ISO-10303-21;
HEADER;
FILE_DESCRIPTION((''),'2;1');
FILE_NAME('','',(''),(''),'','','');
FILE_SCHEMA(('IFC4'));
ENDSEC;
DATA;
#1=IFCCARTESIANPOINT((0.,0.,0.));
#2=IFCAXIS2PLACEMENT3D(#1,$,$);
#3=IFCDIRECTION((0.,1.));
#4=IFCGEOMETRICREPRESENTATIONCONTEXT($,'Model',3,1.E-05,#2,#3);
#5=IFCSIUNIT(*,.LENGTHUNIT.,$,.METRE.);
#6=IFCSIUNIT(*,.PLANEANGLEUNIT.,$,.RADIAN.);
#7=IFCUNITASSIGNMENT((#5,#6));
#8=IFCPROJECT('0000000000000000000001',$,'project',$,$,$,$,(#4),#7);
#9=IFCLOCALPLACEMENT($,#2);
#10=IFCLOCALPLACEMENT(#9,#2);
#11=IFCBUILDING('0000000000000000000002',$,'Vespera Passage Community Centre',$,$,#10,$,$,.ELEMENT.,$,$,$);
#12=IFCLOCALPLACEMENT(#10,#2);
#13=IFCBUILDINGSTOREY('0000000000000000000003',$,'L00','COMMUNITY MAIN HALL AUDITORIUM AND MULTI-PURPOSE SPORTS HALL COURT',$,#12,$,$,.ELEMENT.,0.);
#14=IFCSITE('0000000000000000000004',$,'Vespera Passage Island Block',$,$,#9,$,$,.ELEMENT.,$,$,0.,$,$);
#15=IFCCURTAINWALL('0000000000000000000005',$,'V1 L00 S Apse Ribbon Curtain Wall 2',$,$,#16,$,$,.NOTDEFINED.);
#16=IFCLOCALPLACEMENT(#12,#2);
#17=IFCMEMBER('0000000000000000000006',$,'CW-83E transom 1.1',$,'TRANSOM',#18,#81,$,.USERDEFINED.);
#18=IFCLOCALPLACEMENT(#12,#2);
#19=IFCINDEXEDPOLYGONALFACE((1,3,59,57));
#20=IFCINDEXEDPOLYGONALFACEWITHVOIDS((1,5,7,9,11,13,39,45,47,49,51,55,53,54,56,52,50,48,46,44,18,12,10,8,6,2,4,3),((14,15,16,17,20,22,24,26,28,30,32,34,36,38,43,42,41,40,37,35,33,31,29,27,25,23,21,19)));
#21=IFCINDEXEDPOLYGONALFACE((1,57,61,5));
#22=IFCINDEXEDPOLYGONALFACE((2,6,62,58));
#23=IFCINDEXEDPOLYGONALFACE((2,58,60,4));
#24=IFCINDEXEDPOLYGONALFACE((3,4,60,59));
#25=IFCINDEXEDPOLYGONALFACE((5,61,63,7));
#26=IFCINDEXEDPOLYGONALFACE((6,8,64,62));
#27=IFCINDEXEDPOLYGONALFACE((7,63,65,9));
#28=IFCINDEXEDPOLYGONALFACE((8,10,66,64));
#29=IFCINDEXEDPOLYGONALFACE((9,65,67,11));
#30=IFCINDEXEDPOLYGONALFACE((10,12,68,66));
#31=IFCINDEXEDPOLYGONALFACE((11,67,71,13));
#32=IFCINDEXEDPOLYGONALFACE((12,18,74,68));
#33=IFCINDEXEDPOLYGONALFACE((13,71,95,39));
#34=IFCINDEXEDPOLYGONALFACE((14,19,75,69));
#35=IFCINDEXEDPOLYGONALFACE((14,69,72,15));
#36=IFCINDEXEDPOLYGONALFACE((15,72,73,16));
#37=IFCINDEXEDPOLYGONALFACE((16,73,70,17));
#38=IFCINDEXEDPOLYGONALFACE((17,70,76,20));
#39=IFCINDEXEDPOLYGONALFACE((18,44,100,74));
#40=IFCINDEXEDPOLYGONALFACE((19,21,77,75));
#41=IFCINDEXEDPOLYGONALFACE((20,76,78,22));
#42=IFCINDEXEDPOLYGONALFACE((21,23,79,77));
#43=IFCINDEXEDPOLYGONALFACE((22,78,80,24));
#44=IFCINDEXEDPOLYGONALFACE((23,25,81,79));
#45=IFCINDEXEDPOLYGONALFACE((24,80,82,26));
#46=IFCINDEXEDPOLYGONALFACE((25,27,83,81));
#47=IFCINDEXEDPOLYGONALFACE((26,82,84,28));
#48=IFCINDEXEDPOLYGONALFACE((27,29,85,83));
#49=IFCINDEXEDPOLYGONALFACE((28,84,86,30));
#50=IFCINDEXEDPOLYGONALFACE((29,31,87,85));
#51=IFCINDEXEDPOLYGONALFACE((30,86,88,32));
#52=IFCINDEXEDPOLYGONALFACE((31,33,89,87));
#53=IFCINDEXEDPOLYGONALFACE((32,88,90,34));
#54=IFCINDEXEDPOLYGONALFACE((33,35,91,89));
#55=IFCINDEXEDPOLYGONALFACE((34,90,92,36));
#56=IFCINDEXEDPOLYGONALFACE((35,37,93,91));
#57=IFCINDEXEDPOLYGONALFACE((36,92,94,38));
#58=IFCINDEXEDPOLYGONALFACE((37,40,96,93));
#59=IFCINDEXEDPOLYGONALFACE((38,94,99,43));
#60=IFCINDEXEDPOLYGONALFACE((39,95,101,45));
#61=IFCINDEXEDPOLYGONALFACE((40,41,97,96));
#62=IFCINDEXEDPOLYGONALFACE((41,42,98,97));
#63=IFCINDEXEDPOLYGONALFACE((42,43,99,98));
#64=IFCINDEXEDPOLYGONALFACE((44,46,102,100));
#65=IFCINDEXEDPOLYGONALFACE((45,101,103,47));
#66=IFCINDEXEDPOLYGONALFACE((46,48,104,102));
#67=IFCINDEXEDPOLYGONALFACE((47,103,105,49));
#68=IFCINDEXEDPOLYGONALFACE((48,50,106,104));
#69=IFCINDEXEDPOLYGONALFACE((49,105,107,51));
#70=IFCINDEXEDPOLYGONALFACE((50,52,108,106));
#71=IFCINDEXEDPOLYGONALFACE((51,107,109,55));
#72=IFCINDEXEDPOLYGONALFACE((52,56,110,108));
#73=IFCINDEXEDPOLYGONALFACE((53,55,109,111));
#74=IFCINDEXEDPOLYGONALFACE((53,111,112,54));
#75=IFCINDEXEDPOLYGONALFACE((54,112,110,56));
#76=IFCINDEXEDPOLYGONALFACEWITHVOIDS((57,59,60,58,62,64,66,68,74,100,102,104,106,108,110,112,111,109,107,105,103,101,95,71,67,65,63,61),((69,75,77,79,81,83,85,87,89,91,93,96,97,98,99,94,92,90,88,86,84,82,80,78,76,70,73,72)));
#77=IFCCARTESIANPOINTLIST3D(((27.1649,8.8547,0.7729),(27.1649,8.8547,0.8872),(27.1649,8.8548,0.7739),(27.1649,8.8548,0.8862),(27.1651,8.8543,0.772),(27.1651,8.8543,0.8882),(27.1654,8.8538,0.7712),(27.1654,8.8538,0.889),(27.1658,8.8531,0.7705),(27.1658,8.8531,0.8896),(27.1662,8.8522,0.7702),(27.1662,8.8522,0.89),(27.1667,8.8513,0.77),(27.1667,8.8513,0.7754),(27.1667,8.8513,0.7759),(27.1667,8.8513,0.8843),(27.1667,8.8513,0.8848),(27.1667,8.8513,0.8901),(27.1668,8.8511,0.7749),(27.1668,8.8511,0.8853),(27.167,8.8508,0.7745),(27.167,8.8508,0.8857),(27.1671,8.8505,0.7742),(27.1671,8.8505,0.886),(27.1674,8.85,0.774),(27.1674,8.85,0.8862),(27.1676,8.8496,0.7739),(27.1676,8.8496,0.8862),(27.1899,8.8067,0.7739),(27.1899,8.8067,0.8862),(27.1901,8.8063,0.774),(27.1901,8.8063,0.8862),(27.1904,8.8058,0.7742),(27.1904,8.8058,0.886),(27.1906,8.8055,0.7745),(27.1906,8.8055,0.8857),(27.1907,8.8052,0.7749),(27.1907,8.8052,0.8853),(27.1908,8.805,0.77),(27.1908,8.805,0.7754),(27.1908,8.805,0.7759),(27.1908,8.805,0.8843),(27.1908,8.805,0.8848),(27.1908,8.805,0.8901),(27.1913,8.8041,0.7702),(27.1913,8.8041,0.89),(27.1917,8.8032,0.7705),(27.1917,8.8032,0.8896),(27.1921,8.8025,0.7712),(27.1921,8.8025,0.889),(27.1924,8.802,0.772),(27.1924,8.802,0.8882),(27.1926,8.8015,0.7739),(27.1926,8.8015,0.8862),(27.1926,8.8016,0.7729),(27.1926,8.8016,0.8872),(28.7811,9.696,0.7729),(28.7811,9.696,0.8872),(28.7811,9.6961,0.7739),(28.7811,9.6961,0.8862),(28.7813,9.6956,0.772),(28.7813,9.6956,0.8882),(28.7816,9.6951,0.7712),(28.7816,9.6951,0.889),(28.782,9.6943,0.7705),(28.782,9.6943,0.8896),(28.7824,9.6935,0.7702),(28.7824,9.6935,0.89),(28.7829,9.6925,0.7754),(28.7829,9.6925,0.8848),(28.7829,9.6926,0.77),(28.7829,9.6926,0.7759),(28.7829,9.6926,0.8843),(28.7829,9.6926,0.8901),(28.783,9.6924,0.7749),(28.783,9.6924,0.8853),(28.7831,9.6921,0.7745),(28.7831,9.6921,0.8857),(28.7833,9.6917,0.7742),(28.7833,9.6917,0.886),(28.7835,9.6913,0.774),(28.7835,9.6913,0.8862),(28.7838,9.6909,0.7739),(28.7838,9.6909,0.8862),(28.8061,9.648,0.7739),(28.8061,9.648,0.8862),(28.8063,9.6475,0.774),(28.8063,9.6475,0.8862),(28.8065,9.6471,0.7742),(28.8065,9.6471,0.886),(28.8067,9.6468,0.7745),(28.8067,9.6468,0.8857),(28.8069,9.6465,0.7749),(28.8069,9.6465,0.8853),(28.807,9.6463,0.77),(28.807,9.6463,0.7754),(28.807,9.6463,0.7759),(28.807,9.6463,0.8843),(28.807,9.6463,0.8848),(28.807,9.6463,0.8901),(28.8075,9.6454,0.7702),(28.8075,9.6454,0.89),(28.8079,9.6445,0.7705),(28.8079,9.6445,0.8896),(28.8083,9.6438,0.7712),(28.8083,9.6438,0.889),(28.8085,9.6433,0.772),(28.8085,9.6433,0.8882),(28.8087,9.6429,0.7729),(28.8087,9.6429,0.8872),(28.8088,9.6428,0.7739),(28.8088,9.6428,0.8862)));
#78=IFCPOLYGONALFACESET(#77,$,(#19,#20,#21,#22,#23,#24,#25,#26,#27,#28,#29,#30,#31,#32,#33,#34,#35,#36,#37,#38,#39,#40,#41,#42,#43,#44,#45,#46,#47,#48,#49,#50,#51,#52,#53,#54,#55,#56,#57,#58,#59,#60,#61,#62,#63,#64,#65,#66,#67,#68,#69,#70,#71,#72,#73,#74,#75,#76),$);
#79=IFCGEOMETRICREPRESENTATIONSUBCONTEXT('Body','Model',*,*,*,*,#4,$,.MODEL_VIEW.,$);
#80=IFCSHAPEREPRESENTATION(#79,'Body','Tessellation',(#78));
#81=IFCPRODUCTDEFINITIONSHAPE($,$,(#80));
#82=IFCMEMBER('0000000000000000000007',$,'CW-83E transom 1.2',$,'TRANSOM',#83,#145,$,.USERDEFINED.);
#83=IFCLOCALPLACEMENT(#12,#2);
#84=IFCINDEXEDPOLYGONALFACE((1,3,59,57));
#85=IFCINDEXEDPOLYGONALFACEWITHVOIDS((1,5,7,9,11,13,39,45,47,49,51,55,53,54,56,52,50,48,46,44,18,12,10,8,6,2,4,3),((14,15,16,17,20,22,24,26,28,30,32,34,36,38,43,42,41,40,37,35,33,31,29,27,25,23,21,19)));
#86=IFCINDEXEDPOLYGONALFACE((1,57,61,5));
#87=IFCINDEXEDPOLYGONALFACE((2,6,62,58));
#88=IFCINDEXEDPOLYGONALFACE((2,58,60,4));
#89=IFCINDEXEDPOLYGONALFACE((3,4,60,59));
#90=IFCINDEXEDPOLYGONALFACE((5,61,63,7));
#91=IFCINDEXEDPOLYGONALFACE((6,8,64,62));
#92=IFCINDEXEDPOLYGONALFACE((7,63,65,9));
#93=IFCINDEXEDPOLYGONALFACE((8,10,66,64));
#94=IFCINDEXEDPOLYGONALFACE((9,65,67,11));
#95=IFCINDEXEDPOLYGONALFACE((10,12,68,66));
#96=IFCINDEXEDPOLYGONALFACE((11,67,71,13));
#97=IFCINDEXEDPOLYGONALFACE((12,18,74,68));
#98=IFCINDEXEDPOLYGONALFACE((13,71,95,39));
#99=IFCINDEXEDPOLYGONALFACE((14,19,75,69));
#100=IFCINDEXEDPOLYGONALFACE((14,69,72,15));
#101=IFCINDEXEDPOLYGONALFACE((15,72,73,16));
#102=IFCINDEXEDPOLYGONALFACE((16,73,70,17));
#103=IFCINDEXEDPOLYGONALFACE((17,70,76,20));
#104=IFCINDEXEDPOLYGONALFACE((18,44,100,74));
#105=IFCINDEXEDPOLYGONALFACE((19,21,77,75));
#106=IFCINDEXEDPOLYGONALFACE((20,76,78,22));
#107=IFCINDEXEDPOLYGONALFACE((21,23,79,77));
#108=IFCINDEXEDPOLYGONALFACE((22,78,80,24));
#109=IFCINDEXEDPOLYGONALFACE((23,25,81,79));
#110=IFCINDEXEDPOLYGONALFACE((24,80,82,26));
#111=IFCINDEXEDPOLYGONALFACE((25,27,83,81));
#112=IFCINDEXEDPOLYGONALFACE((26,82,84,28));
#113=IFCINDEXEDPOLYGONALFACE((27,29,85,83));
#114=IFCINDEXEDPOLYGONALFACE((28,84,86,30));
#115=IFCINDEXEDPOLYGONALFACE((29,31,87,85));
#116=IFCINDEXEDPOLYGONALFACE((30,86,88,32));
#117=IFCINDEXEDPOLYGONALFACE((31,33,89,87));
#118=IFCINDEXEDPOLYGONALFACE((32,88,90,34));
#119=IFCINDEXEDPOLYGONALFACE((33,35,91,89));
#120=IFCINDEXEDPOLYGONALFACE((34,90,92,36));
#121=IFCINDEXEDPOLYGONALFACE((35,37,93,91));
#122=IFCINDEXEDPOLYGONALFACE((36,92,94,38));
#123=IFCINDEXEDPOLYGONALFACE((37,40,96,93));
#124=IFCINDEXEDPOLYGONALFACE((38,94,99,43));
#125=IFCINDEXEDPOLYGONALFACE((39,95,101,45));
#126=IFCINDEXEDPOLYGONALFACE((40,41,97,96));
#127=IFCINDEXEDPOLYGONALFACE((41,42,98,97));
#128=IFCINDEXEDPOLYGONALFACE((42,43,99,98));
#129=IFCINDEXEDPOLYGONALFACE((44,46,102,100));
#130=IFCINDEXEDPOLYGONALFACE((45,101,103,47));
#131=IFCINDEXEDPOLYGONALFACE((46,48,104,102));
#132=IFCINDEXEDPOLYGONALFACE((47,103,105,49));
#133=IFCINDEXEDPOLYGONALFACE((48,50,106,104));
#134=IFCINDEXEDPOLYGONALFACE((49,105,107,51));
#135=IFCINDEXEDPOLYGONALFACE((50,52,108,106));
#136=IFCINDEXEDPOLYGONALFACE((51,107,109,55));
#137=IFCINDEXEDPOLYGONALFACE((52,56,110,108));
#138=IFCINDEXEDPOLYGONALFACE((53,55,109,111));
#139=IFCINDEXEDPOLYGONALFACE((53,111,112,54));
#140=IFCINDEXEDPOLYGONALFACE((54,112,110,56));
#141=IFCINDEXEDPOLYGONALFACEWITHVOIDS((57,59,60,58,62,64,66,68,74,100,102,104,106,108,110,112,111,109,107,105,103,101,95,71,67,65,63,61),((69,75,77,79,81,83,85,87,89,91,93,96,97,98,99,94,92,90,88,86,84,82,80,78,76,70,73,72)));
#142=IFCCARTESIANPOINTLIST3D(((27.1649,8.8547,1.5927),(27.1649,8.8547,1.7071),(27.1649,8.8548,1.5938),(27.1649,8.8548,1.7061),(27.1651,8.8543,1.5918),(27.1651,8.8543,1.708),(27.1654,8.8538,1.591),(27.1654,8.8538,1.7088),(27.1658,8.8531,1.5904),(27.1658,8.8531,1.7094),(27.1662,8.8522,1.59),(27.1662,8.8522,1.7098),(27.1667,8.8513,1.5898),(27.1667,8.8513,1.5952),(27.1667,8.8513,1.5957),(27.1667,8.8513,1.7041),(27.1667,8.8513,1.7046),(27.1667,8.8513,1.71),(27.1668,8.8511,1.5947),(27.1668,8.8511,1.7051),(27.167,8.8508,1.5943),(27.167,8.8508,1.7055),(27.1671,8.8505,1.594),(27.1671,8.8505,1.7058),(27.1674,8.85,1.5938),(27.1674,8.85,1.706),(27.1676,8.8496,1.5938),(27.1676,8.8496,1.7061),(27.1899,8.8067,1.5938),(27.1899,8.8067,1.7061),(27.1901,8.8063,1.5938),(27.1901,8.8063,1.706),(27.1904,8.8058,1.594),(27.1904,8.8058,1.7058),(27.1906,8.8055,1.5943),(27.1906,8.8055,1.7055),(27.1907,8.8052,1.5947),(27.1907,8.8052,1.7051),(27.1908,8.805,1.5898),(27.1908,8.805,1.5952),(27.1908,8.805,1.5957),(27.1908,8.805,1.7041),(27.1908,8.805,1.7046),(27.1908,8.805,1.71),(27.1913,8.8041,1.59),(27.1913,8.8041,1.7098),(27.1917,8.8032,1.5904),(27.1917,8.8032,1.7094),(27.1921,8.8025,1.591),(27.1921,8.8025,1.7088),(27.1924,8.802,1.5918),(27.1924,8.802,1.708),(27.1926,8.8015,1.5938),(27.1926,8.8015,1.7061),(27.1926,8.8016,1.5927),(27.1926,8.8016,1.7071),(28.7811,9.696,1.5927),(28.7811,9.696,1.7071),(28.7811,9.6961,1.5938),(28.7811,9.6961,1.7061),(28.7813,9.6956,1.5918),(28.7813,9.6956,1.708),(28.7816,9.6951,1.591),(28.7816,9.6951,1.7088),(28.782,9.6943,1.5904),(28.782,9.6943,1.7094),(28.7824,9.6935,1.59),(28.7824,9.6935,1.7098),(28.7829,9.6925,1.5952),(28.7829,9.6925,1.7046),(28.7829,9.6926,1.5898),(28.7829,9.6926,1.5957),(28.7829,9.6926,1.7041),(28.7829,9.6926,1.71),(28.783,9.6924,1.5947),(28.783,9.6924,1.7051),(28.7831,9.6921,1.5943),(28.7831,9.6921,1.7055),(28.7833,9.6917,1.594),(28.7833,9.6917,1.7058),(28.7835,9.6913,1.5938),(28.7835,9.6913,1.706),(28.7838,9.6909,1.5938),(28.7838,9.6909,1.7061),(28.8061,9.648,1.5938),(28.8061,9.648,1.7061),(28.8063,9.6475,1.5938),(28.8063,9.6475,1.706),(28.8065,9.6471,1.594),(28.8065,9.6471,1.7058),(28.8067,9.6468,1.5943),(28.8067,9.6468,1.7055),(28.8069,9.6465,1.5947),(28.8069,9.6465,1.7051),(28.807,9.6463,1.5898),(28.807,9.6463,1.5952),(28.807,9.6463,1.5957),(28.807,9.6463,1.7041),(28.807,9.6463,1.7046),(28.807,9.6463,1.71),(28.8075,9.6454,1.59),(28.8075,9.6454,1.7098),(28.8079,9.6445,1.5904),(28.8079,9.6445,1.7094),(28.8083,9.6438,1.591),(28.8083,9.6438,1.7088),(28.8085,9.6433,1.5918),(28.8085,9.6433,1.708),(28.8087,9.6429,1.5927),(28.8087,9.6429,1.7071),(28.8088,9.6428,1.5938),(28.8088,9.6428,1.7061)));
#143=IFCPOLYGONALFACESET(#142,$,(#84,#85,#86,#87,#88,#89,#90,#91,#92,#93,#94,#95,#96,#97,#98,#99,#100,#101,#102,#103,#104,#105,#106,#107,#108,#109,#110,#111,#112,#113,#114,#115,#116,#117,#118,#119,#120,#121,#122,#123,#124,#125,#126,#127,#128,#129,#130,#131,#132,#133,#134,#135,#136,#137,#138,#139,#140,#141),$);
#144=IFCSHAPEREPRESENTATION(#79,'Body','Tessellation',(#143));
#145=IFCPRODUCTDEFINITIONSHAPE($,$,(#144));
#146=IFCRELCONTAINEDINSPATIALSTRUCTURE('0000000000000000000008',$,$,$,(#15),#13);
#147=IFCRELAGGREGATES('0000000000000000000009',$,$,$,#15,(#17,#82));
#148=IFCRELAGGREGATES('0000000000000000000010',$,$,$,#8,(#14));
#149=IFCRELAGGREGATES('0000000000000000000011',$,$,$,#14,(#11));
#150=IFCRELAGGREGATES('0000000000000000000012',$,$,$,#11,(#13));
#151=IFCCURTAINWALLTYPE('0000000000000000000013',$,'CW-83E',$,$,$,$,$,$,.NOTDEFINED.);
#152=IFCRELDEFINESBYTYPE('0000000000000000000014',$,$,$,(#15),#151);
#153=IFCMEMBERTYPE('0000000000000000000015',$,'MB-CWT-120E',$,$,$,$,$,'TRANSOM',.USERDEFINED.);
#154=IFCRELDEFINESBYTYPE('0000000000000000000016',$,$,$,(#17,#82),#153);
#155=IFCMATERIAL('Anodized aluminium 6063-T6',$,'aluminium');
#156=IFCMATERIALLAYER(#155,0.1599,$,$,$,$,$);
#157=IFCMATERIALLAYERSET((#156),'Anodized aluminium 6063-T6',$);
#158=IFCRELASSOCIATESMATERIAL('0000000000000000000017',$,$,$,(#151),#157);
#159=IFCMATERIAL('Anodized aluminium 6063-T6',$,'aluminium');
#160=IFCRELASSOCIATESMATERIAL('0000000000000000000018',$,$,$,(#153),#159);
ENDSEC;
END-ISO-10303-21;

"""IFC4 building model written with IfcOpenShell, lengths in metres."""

from ifc_helpers import new_model, si_unit, direction, frame, origin, origin_2d, place, context, subcontext, project, spatial, hollow_rectangle, extrude, material, layer, layer_set, material_profile, profile_set, type_object, element, aggregate, save


model = new_model("IFC4")

# Units and contexts
model_context = context("Model", 3, precision=1e-05, world=origin(), true_north=direction((0.0, 1.0)))
body_context = subcontext(model_context, "Body", "Model", "MODEL_VIEW")
ifc_project = project(units=[si_unit("LENGTHUNIT", "METRE"), si_unit("PLANEANGLEUNIT", "RADIAN")], contexts=[model_context])

# Site, building, storey
site_placement = place(None, origin())
site = spatial("IfcSite", under=ifc_project, at=site_placement, Name="Vespera Passage Island Block", CompositionType="ELEMENT", RefElevation=0.0)
building_placement = place(site_placement, origin())
building = spatial("IfcBuilding", under=site, at=building_placement, Name="Vespera Passage Community Centre", CompositionType="ELEMENT")
storey_placement = place(building_placement, origin())
storey = spatial("IfcBuildingStorey", under=building, at=storey_placement, Name="L00", Description="COMMUNITY MAIN HALL AUDITORIUM AND MULTI-PURPOSE SPORTS HALL COURT", CompositionType="ELEMENT", Elevation=0.0)

# Curtain wall, members
ifc_material_1 = material(Name="Anodized aluminium 6063-T6", Category="aluminium")
ifc_layer_1 = layer(ifc_material_1, 0.1599)
ifc_layer_set_1 = layer_set([ifc_layer_1], Name="Anodized aluminium 6063-T6")
curtain_wall_type = type_object("IfcCurtainWallType", Name="CW-83E", PredefinedType="NOTDEFINED", material=ifc_layer_set_1)
curtain_wall_placement = place(storey_placement, origin())
curtain_wall = element("IfcCurtainWall", 1, at=curtain_wall_placement, inside=storey, type_object=curtain_wall_type, Name="V1 L00 S Apse Ribbon Curtain Wall 2", PredefinedType="NOTDEFINED")
ifc_material_2 = material(Name="Anodized aluminium 6063-T6", Category="aluminium")
ifc_material_profile_1 = material_profile(ifc_material_2, hollow_rectangle(XDim=0.0601, YDim=0.1201, WallThickness=0.0039, InnerFilletRadius=0.002, OuterFilletRadius=0.0039, at=origin_2d()), Name="ALU120X60X4")
ifc_profile_set_1 = profile_set([ifc_material_profile_1], Name="Anodized aluminium 6063-T6")
member_type_1 = type_object("IfcMemberType", Name="MB-CWT-120E", ElementType="TRANSOM", PredefinedType="USERDEFINED", material=ifc_profile_set_1)
member_1_placement = place(storey_placement, frame((28.7949, 9.6694, 0.8301), z_axis=(-0.887019, -0.461732, 0.0), x_axis=(0.461732, -0.887019, 0.0)))
member_1 = element("IfcMember", 2, at=member_1_placement, type_object=member_type_1, Name="CW-83E transom 1.1", ObjectType="TRANSOM", PredefinedType="USERDEFINED", context=body_context, shape_type="SweptSolid", body=[
    extrude(hollow_rectangle(XDim=0.0601, YDim=0.1201, WallThickness=0.0039, InnerFilletRadius=0.002, OuterFilletRadius=0.0039, at=origin_2d()), origin(), (0.0, 0.0, 1.0), 1.822),
])
member_2_placement = place(storey_placement, frame((28.7949, 9.6694, 1.6499), z_axis=(-0.887019, -0.461732, 0.0), x_axis=(0.461732, -0.887019, 0.0)))
member_2 = element("IfcMember", 3, at=member_2_placement, type_object=member_type_1, Name="CW-83E transom 1.2", ObjectType="TRANSOM", PredefinedType="USERDEFINED", context=body_context, shape_type="SweptSolid", body=[
    extrude(hollow_rectangle(XDim=0.0601, YDim=0.1201, WallThickness=0.0039, InnerFilletRadius=0.002, OuterFilletRadius=0.0039, at=origin_2d()), origin(), (0.0, 0.0, 1.0), 1.822),
])
aggregate(curtain_wall, [member_1, member_2])

save(model, "model.ifc")
